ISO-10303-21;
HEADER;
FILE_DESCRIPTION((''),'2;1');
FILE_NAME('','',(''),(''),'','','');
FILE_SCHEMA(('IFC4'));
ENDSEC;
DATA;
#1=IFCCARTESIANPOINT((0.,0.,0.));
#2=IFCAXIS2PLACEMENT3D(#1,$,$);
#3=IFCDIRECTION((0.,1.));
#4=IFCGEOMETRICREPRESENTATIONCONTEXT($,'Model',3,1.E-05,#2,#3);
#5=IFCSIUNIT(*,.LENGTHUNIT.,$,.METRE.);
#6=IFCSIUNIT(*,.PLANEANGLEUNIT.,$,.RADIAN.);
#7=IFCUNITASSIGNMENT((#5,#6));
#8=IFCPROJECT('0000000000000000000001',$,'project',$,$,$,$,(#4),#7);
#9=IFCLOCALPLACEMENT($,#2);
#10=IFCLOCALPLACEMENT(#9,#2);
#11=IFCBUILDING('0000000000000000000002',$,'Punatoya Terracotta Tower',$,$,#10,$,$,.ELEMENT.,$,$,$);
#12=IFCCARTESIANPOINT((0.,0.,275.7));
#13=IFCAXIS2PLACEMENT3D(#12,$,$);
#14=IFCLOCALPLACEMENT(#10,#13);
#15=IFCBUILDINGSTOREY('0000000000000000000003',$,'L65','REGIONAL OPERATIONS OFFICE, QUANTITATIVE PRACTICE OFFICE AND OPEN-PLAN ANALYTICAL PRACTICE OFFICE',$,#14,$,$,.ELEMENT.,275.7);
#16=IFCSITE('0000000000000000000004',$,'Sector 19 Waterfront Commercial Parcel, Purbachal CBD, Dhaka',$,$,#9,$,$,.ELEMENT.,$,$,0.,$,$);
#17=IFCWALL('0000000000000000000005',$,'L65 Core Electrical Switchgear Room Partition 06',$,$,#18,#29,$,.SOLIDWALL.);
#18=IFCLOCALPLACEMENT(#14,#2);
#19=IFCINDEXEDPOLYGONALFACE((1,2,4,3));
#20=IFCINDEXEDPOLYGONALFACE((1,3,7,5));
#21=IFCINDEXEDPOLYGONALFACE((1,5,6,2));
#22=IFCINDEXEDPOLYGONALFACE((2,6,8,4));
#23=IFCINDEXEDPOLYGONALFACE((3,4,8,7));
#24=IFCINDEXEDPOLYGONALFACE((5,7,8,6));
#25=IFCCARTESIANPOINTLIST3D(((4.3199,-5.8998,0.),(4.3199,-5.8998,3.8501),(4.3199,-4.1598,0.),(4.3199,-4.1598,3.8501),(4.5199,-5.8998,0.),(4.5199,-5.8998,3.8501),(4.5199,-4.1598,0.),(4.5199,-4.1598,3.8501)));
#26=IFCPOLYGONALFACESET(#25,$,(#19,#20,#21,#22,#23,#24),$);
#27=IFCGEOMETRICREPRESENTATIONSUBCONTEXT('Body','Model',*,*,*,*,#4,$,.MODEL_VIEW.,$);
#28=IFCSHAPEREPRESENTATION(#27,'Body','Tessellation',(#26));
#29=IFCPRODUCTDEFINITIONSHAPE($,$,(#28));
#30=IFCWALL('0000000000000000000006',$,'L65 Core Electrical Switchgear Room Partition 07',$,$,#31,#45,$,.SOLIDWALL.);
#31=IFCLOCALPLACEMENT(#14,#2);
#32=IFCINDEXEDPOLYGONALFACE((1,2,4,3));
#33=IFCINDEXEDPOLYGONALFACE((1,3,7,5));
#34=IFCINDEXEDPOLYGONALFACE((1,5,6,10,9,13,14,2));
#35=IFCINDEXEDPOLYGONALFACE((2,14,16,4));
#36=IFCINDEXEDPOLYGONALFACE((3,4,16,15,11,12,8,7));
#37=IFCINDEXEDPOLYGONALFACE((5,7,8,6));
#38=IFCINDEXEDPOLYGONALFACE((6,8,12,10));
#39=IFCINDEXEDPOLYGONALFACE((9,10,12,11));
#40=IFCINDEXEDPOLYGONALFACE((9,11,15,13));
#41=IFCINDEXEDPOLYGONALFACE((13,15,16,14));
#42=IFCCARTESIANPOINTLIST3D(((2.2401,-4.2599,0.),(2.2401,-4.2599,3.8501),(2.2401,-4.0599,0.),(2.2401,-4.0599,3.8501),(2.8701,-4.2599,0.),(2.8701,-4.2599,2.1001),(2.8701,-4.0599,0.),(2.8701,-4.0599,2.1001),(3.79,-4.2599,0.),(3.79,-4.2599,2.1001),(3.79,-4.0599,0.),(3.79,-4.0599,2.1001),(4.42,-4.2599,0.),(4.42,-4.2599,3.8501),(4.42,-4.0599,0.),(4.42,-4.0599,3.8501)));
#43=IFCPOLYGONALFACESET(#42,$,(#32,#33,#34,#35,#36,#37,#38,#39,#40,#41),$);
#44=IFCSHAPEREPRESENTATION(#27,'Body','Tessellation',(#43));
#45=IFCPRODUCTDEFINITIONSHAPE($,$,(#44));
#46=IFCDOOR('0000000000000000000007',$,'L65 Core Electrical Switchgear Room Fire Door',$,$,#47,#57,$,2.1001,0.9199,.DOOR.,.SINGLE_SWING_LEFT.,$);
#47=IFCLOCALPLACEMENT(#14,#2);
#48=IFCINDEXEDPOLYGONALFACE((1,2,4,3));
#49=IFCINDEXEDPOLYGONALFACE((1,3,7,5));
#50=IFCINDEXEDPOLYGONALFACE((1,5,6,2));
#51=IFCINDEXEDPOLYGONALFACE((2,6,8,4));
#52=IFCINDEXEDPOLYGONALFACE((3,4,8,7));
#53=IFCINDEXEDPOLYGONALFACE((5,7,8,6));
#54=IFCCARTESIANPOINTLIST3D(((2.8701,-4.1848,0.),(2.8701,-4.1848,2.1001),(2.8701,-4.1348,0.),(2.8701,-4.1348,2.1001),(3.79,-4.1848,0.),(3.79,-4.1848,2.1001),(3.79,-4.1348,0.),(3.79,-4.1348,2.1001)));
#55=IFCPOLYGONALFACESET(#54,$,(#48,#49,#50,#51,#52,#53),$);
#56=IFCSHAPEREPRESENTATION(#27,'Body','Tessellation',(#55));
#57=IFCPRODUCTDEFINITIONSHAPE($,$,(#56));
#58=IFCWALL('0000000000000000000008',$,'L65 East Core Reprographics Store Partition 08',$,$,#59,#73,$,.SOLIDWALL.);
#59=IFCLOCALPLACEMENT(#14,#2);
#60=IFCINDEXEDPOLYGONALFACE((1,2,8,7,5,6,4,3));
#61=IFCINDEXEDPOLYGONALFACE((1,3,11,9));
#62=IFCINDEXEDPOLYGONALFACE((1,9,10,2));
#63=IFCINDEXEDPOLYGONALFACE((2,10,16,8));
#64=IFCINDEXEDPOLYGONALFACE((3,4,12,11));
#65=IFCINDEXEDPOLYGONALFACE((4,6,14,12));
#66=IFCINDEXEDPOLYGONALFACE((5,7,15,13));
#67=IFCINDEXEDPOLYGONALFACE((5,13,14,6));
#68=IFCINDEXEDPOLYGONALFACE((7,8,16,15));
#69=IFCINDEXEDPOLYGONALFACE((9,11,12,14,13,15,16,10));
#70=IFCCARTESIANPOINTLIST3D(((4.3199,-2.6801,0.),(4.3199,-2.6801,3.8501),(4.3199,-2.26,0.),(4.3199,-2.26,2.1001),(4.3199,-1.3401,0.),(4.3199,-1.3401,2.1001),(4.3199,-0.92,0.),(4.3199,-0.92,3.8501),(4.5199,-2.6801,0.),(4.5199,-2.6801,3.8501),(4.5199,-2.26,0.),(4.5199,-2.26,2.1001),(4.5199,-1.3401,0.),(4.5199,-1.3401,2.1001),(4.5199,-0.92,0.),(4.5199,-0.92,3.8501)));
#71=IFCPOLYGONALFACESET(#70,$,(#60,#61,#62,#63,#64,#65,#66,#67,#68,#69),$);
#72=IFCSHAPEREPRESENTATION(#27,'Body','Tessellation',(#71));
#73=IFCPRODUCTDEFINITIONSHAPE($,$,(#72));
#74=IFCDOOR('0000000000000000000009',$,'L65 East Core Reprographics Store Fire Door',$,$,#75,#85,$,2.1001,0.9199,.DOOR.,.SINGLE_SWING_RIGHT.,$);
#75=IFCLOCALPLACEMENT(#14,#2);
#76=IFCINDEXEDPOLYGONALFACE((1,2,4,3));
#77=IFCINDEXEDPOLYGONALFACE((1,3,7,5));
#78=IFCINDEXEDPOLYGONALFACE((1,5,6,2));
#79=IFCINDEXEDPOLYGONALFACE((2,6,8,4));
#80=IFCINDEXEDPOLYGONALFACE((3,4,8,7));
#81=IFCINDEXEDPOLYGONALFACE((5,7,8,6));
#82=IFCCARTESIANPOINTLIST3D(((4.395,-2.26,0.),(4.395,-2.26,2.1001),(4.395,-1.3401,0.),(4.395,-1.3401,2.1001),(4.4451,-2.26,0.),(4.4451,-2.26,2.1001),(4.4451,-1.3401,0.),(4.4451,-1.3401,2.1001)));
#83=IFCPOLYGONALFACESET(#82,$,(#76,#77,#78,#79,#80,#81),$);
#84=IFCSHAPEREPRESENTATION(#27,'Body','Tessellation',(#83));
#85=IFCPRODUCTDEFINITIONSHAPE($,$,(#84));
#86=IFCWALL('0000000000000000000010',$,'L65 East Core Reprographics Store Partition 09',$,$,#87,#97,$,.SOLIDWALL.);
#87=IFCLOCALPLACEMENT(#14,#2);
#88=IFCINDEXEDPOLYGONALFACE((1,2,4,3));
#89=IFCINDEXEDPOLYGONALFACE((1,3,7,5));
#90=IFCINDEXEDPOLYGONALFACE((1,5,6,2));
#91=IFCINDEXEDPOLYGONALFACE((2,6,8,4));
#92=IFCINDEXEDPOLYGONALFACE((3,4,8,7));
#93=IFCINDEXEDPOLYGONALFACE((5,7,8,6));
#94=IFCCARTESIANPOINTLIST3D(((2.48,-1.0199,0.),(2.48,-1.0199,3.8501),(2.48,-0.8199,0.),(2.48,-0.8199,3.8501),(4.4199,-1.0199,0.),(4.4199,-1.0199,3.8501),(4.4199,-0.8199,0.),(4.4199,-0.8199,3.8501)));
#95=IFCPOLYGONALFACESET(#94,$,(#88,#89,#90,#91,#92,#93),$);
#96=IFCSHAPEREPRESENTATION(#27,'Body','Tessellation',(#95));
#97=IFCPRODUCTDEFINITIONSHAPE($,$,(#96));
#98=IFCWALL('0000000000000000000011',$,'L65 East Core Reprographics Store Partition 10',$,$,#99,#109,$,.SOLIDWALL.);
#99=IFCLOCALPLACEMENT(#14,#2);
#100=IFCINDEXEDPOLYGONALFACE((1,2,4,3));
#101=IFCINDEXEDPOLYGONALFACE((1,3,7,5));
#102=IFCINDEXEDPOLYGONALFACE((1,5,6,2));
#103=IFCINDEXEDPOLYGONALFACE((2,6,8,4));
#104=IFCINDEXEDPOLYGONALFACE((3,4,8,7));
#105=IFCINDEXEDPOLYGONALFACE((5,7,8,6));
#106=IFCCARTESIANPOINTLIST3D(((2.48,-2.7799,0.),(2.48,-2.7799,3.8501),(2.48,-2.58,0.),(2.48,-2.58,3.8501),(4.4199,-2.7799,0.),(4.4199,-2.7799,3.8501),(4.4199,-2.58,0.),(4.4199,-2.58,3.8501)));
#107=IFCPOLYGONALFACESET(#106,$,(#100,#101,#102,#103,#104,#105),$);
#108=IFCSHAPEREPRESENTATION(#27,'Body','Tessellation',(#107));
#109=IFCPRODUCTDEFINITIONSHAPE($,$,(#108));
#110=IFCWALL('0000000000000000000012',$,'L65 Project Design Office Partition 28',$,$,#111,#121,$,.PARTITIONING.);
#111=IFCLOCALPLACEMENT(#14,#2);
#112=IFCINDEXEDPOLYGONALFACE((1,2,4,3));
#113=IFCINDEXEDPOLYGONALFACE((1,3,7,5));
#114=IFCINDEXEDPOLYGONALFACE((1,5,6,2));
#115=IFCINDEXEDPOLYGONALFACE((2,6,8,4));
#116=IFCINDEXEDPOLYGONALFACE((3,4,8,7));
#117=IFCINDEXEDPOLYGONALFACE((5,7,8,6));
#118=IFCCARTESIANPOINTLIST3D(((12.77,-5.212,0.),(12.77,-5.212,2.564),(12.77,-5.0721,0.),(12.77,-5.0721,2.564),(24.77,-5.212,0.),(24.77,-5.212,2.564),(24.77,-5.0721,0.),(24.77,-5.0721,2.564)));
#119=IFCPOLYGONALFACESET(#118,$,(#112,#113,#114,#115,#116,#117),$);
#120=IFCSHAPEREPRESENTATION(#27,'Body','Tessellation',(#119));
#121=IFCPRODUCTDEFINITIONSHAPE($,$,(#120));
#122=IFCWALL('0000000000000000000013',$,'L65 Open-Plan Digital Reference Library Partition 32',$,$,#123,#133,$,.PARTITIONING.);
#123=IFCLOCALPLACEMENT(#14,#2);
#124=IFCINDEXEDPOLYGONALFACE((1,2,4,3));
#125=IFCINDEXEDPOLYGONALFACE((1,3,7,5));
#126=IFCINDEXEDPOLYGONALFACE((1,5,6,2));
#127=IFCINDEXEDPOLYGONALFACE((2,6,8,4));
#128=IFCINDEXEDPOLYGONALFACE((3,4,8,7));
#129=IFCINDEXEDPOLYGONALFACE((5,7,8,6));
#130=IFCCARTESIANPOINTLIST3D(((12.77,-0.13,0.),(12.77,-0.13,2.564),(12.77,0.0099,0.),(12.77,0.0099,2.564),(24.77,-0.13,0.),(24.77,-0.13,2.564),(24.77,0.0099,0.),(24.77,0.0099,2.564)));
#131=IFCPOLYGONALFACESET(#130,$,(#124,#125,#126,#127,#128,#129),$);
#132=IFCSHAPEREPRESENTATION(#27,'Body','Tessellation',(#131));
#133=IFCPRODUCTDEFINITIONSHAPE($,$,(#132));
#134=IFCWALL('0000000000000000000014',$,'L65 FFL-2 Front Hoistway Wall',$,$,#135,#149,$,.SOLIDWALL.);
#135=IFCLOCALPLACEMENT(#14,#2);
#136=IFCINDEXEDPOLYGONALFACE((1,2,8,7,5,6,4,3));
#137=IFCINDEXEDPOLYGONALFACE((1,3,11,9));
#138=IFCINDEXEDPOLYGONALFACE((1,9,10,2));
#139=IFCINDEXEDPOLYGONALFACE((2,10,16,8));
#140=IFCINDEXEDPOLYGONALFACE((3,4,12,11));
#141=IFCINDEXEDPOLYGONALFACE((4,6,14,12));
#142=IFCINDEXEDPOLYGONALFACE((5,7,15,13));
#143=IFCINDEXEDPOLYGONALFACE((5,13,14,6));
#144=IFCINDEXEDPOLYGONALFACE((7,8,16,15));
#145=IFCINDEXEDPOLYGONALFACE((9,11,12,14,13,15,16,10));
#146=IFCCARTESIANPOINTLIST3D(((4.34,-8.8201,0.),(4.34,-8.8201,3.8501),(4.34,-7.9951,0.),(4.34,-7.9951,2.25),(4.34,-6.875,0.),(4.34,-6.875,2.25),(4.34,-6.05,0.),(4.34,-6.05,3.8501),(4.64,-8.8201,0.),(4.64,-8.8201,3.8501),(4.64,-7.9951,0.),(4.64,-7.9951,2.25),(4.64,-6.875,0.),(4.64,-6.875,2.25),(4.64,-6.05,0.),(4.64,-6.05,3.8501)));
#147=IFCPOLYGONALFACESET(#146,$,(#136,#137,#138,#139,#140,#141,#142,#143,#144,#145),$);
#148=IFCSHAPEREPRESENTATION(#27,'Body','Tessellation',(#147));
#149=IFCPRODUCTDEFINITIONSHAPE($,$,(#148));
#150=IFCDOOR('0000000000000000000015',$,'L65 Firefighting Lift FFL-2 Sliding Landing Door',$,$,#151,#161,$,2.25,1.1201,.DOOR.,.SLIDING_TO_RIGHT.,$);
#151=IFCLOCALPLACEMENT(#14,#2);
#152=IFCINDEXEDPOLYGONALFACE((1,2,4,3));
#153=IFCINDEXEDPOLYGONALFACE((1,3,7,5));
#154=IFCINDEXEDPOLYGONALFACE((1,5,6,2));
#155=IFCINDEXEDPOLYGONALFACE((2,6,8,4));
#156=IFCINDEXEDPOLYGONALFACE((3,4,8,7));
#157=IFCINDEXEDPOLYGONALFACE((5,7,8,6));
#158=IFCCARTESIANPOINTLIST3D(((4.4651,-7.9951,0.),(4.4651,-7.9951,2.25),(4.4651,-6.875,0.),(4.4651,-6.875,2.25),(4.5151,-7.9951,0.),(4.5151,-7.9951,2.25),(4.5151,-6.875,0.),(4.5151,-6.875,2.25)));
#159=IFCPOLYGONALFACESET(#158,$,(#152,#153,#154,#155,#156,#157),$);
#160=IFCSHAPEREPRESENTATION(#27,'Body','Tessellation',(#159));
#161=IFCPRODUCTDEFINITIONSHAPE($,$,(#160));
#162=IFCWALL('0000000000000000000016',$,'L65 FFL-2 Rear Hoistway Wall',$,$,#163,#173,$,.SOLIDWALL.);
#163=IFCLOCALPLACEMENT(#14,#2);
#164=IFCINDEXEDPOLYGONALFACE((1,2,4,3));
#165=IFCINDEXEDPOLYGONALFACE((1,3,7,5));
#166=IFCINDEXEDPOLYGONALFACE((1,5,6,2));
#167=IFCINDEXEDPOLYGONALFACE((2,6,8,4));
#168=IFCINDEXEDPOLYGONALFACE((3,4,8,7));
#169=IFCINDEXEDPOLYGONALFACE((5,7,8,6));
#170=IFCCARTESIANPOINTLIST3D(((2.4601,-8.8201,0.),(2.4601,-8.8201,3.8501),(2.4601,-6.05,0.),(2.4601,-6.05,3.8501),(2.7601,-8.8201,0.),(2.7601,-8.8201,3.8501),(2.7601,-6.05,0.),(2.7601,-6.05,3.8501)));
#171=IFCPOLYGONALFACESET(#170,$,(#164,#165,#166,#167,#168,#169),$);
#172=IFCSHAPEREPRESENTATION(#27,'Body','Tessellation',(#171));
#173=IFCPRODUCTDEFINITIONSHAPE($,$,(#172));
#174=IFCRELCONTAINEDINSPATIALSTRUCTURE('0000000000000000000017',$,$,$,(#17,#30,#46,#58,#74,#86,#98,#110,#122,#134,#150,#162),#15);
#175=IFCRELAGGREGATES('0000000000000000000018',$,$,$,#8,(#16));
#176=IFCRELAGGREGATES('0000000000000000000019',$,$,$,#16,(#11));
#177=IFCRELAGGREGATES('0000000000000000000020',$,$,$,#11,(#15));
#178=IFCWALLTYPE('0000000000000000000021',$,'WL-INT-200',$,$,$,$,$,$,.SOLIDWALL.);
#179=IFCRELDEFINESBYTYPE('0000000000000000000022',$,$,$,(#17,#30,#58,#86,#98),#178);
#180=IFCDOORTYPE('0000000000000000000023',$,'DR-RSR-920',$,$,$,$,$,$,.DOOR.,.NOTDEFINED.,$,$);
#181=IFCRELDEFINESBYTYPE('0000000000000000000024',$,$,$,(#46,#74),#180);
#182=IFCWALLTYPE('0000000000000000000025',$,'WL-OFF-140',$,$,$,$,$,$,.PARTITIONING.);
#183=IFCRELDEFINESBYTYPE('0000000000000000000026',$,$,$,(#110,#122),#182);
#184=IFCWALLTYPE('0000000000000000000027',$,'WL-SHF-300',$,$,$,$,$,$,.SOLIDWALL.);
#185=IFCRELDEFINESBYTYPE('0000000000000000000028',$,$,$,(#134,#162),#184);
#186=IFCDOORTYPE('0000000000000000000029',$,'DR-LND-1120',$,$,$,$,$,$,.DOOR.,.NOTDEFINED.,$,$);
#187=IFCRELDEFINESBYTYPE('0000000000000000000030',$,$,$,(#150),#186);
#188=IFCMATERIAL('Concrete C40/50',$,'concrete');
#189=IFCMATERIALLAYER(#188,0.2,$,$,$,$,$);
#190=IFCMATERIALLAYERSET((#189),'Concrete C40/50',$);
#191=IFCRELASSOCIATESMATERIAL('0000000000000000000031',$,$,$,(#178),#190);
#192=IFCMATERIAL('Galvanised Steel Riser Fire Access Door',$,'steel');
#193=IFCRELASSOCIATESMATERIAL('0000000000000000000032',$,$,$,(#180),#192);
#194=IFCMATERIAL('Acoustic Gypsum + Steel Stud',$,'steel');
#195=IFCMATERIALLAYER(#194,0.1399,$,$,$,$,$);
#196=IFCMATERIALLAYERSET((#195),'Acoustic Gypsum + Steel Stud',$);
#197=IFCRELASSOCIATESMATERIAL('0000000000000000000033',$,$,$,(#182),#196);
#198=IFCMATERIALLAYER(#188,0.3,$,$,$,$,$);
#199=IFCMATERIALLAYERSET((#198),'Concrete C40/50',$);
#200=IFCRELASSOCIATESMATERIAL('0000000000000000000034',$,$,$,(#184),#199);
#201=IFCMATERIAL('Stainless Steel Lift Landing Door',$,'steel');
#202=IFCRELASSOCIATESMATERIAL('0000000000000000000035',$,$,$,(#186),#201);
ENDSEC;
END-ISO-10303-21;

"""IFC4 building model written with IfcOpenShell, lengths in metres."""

from ifc_helpers import new_model, si_unit, direction, frame, frame_2d, origin, place, context, subcontext, project, spatial, rectangle, extrude, material, layer, layer_set, type_object, element, fill, save


model = new_model("IFC4")

# Units and contexts
model_context = context("Model", 3, precision=1e-05, world=origin(), true_north=direction((0.0, 1.0)))
body_context = subcontext(model_context, "Body", "Model", "MODEL_VIEW")
ifc_project = project(units=[si_unit("LENGTHUNIT", "METRE"), si_unit("PLANEANGLEUNIT", "RADIAN")], contexts=[model_context])

# Site, building, storey
site_placement = place(None, origin())
site = spatial("IfcSite", under=ifc_project, at=site_placement, Name="Sector 19 Waterfront Commercial Parcel, Purbachal CBD, Dhaka", CompositionType="ELEMENT", RefElevation=0.0)
building_placement = place(site_placement, origin())
building = spatial("IfcBuilding", under=site, at=building_placement, Name="Punatoya Terracotta Tower", CompositionType="ELEMENT")
storey_placement = place(building_placement, frame((0.0, 0.0, 275.7)))
storey = spatial("IfcBuildingStorey", under=building, at=storey_placement, Name="L65", Description="REGIONAL OPERATIONS OFFICE, QUANTITATIVE PRACTICE OFFICE AND OPEN-PLAN ANALYTICAL PRACTICE OFFICE", CompositionType="ELEMENT", Elevation=275.7)

# Shared definitions
ifc_material_1 = material(Name="Concrete C40/50", Category="concrete")
ifc_layer_1 = layer(ifc_material_1, 0.2)
ifc_layer_set_1 = layer_set([ifc_layer_1], Name="Concrete C40/50")
wall_type_1 = type_object("IfcWallType", Name="WL-INT-200", PredefinedType="SOLIDWALL", material=ifc_layer_set_1)

# Wall
wall_1_placement = place(storey_placement, frame((4.4199, -5.8999, 0.0), z_axis=(0.0, 0.0, 1.0), x_axis=(0.0, 1.0, 0.0)))
element("IfcWall", 1, at=wall_1_placement, inside=storey, type_object=wall_type_1, Name="L65 Core Electrical Switchgear Room Partition 06", PredefinedType="SOLIDWALL", context=body_context, shape_type="SweptSolid", body=[
    extrude(rectangle(XDim=1.74, YDim=0.2, at=frame_2d((0.8701, 0.0))), origin(), (0.0, 0.0, 1.0), 3.8501),
])

# Walls, openings, doors
wall_2_placement = place(storey_placement, frame((4.4199, -4.1599, 0.0), z_axis=(0.0, 0.0, 1.0), x_axis=(-1.0, 0.0, 0.0)))
wall_2 = element("IfcWall", 2, at=wall_2_placement, inside=storey, type_object=wall_type_1, Name="L65 Core Electrical Switchgear Room Partition 07", PredefinedType="SOLIDWALL", context=body_context, shape_type="SweptSolid", body=[
    extrude(rectangle(XDim=2.1799, YDim=0.2, at=frame_2d((1.0898, 0.0))), origin(), (0.0, 0.0, 1.0), 3.8501),
])
opening_1_placement = place(wall_2_placement, frame((0.6299, 0.0, 0.0)))
opening_1 = element("IfcOpeningElement", 3, at=opening_1_placement, cuts=wall_2, PredefinedType="OPENING", context=body_context, shape_type="SweptSolid", body=[
    extrude(rectangle(XDim=0.9199, YDim=2.1001, at=frame_2d((0.46, 1.05))), frame((0.0, 0.1099, 0.0), z_axis=(0.0, -1.0, 0.0), x_axis=(1.0, 0.0, 0.0)), (0.0, 0.0, 1.0), 0.22),
])
ifc_material_2 = material(Name="Galvanised Steel Riser Fire Access Door", Category="steel")
door_type_1 = type_object("IfcDoorType", Name="DR-RSR-920", OperationType="NOTDEFINED", PredefinedType="DOOR", material=ifc_material_2)
door_1_placement = place(opening_1_placement, origin())
door_1 = element("IfcDoor", 4, at=door_1_placement, inside=storey, type_object=door_type_1, Name="L65 Core Electrical Switchgear Room Fire Door", OperationType="SINGLE_SWING_LEFT", OverallHeight=2.1001, OverallWidth=0.9199, PredefinedType="DOOR", context=body_context, shape_type="SweptSolid", body=[
    extrude(rectangle(XDim=0.9199, YDim=2.1001, at=frame_2d((0.46, 1.05))), frame((0.0, 0.0249, 0.0), z_axis=(0.0, -1.0, 0.0), x_axis=(1.0, 0.0, 0.0)), (0.0, 0.0, 1.0), 0.05),
])
fill(opening_1, door_1)
wall_3_placement = place(storey_placement, frame((4.4199, -2.6799, 0.0), z_axis=(0.0, 0.0, 1.0), x_axis=(0.0, 1.0, 0.0)))
wall_3 = element("IfcWall", 5, at=wall_3_placement, inside=storey, type_object=wall_type_1, Name="L65 East Core Reprographics Store Partition 08", PredefinedType="SOLIDWALL", context=body_context, shape_type="SweptSolid", body=[
    extrude(rectangle(XDim=1.76, YDim=0.2, at=frame_2d((0.8799, 0.0))), origin(), (0.0, 0.0, 1.0), 3.8501),
])
opening_2_placement = place(wall_3_placement, frame((0.4199, 0.0, 0.0)))
opening_2 = element("IfcOpeningElement", 6, at=opening_2_placement, cuts=wall_3, PredefinedType="OPENING", context=body_context, shape_type="SweptSolid", body=[
    extrude(rectangle(XDim=0.9199, YDim=2.1001, at=frame_2d((0.46, 1.05))), frame((0.0, 0.1099, 0.0), z_axis=(0.0, -1.0, 0.0), x_axis=(1.0, 0.0, 0.0)), (0.0, 0.0, 1.0), 0.22),
])
door_2_placement = place(opening_2_placement, origin())
door_2 = element("IfcDoor", 7, at=door_2_placement, inside=storey, type_object=door_type_1, Name="L65 East Core Reprographics Store Fire Door", OperationType="SINGLE_SWING_RIGHT", OverallHeight=2.1001, OverallWidth=0.9199, PredefinedType="DOOR", context=body_context, shape_type="SweptSolid", body=[
    extrude(rectangle(XDim=0.9199, YDim=2.1001, at=frame_2d((0.46, 1.05))), frame((0.0, 0.0249, 0.0), z_axis=(0.0, -1.0, 0.0), x_axis=(1.0, 0.0, 0.0)), (0.0, 0.0, 1.0), 0.05),
])
fill(opening_2, door_2)

# Walls
for number, where, z_axis, x_axis, name in (
    (8, (4.4199, -0.9199, 0.0), (0.0, 0.0, 1.0), (-1.0, 0.0, 0.0), "L65 East Core Reprographics Store Partition 09"),
    (9, (2.48, -2.6799, 0.0), (0.0, 0.0, 1.0), (1.0, 0.0, 0.0), "L65 East Core Reprographics Store Partition 10"),
):
    element("IfcWall", number, at=place(storey_placement, frame(where, z_axis=z_axis, x_axis=x_axis)), inside=storey, type_object=wall_type_1, Name=name, PredefinedType="SOLIDWALL", context=body_context, shape_type="SweptSolid", body=[
        extrude(rectangle(XDim=1.9399, YDim=0.2, at=frame_2d((0.97, 0.0))), origin(), (0.0, 0.0, 1.0), 3.8501),
    ])
ifc_material_3 = material(Name="Acoustic Gypsum + Steel Stud", Category="steel")
ifc_layer_2 = layer(ifc_material_3, 0.1399)
ifc_layer_set_2 = layer_set([ifc_layer_2], Name="Acoustic Gypsum + Steel Stud")
wall_type_2 = type_object("IfcWallType", Name="WL-OFF-140", PredefinedType="PARTITIONING", material=ifc_layer_set_2)
for number, where, z_axis, x_axis, name in (
    (10, (12.77, -5.1421, 0.0), (0.0, 0.0, 1.0), (1.0, 0.0, 0.0), "L65 Project Design Office Partition 28"),
    (11, (12.77, -0.0601, 0.0), (0.0, 0.0, 1.0), (1.0, 0.0, 0.0), "L65 Open-Plan Digital Reference Library Partition 32"),
):
    element("IfcWall", number, at=place(storey_placement, frame(where, z_axis=z_axis, x_axis=x_axis)), inside=storey, type_object=wall_type_2, Name=name, PredefinedType="PARTITIONING", context=body_context, shape_type="SweptSolid", body=[
        extrude(rectangle(XDim=12.0, YDim=0.1399, at=frame_2d((6.0, 0.0))), origin(), (0.0, 0.0, 1.0), 2.564),
    ])

# Wall, opening, door
ifc_layer_3 = layer(ifc_material_1, 0.3)
ifc_layer_set_3 = layer_set([ifc_layer_3], Name="Concrete C40/50")
wall_type_3 = type_object("IfcWallType", Name="WL-SHF-300", PredefinedType="SOLIDWALL", material=ifc_layer_set_3)
wall_4_placement = place(storey_placement, frame((4.49, -8.8201, 0.0), z_axis=(0.0, 0.0, 1.0), x_axis=(0.0, 1.0, 0.0)))
wall_4 = element("IfcWall", 12, at=wall_4_placement, inside=storey, type_object=wall_type_3, Name="L65 FFL-2 Front Hoistway Wall", PredefinedType="SOLIDWALL", context=body_context, shape_type="SweptSolid", body=[
    extrude(rectangle(XDim=2.77, YDim=0.3, at=frame_2d((1.385, 0.0))), origin(), (0.0, 0.0, 1.0), 3.8501),
])
opening_3_placement = place(wall_4_placement, frame((0.825, 0.0, 0.0)))
opening_3 = element("IfcOpeningElement", 13, at=opening_3_placement, cuts=wall_4, PredefinedType="OPENING", context=body_context, shape_type="SweptSolid", body=[
    extrude(rectangle(XDim=1.1201, YDim=2.25, at=frame_2d((0.5601, 1.125))), frame((0.0, 0.1599, 0.0), z_axis=(0.0, -1.0, 0.0), x_axis=(1.0, 0.0, 0.0)), (0.0, 0.0, 1.0), 0.3201),
])
ifc_material_4 = material(Name="Stainless Steel Lift Landing Door", Category="steel")
door_type_2 = type_object("IfcDoorType", Name="DR-LND-1120", OperationType="NOTDEFINED", PredefinedType="DOOR", material=ifc_material_4)
door_3_placement = place(opening_3_placement, origin())
door_3 = element("IfcDoor", 14, at=door_3_placement, inside=storey, type_object=door_type_2, Name="L65 Firefighting Lift FFL-2 Sliding Landing Door", OperationType="SLIDING_TO_RIGHT", OverallHeight=2.25, OverallWidth=1.1201, PredefinedType="DOOR", context=body_context, shape_type="SweptSolid", body=[
    extrude(rectangle(XDim=1.1201, YDim=2.25, at=frame_2d((0.5601, 1.125))), frame((0.0, 0.0249, 0.0), z_axis=(0.0, -1.0, 0.0), x_axis=(1.0, 0.0, 0.0)), (0.0, 0.0, 1.0), 0.05),
])
fill(opening_3, door_3)

# Wall
wall_5_placement = place(storey_placement, frame((2.6101, -8.8201, 0.0), z_axis=(0.0, 0.0, 1.0), x_axis=(0.0, 1.0, 0.0)))
element("IfcWall", 15, at=wall_5_placement, inside=storey, type_object=wall_type_3, Name="L65 FFL-2 Rear Hoistway Wall", PredefinedType="SOLIDWALL", context=body_context, shape_type="SweptSolid", body=[
    extrude(rectangle(XDim=2.77, YDim=0.3, at=frame_2d((1.385, 0.0))), origin(), (0.0, 0.0, 1.0), 3.8501),
])

save(model, "model.ifc")
